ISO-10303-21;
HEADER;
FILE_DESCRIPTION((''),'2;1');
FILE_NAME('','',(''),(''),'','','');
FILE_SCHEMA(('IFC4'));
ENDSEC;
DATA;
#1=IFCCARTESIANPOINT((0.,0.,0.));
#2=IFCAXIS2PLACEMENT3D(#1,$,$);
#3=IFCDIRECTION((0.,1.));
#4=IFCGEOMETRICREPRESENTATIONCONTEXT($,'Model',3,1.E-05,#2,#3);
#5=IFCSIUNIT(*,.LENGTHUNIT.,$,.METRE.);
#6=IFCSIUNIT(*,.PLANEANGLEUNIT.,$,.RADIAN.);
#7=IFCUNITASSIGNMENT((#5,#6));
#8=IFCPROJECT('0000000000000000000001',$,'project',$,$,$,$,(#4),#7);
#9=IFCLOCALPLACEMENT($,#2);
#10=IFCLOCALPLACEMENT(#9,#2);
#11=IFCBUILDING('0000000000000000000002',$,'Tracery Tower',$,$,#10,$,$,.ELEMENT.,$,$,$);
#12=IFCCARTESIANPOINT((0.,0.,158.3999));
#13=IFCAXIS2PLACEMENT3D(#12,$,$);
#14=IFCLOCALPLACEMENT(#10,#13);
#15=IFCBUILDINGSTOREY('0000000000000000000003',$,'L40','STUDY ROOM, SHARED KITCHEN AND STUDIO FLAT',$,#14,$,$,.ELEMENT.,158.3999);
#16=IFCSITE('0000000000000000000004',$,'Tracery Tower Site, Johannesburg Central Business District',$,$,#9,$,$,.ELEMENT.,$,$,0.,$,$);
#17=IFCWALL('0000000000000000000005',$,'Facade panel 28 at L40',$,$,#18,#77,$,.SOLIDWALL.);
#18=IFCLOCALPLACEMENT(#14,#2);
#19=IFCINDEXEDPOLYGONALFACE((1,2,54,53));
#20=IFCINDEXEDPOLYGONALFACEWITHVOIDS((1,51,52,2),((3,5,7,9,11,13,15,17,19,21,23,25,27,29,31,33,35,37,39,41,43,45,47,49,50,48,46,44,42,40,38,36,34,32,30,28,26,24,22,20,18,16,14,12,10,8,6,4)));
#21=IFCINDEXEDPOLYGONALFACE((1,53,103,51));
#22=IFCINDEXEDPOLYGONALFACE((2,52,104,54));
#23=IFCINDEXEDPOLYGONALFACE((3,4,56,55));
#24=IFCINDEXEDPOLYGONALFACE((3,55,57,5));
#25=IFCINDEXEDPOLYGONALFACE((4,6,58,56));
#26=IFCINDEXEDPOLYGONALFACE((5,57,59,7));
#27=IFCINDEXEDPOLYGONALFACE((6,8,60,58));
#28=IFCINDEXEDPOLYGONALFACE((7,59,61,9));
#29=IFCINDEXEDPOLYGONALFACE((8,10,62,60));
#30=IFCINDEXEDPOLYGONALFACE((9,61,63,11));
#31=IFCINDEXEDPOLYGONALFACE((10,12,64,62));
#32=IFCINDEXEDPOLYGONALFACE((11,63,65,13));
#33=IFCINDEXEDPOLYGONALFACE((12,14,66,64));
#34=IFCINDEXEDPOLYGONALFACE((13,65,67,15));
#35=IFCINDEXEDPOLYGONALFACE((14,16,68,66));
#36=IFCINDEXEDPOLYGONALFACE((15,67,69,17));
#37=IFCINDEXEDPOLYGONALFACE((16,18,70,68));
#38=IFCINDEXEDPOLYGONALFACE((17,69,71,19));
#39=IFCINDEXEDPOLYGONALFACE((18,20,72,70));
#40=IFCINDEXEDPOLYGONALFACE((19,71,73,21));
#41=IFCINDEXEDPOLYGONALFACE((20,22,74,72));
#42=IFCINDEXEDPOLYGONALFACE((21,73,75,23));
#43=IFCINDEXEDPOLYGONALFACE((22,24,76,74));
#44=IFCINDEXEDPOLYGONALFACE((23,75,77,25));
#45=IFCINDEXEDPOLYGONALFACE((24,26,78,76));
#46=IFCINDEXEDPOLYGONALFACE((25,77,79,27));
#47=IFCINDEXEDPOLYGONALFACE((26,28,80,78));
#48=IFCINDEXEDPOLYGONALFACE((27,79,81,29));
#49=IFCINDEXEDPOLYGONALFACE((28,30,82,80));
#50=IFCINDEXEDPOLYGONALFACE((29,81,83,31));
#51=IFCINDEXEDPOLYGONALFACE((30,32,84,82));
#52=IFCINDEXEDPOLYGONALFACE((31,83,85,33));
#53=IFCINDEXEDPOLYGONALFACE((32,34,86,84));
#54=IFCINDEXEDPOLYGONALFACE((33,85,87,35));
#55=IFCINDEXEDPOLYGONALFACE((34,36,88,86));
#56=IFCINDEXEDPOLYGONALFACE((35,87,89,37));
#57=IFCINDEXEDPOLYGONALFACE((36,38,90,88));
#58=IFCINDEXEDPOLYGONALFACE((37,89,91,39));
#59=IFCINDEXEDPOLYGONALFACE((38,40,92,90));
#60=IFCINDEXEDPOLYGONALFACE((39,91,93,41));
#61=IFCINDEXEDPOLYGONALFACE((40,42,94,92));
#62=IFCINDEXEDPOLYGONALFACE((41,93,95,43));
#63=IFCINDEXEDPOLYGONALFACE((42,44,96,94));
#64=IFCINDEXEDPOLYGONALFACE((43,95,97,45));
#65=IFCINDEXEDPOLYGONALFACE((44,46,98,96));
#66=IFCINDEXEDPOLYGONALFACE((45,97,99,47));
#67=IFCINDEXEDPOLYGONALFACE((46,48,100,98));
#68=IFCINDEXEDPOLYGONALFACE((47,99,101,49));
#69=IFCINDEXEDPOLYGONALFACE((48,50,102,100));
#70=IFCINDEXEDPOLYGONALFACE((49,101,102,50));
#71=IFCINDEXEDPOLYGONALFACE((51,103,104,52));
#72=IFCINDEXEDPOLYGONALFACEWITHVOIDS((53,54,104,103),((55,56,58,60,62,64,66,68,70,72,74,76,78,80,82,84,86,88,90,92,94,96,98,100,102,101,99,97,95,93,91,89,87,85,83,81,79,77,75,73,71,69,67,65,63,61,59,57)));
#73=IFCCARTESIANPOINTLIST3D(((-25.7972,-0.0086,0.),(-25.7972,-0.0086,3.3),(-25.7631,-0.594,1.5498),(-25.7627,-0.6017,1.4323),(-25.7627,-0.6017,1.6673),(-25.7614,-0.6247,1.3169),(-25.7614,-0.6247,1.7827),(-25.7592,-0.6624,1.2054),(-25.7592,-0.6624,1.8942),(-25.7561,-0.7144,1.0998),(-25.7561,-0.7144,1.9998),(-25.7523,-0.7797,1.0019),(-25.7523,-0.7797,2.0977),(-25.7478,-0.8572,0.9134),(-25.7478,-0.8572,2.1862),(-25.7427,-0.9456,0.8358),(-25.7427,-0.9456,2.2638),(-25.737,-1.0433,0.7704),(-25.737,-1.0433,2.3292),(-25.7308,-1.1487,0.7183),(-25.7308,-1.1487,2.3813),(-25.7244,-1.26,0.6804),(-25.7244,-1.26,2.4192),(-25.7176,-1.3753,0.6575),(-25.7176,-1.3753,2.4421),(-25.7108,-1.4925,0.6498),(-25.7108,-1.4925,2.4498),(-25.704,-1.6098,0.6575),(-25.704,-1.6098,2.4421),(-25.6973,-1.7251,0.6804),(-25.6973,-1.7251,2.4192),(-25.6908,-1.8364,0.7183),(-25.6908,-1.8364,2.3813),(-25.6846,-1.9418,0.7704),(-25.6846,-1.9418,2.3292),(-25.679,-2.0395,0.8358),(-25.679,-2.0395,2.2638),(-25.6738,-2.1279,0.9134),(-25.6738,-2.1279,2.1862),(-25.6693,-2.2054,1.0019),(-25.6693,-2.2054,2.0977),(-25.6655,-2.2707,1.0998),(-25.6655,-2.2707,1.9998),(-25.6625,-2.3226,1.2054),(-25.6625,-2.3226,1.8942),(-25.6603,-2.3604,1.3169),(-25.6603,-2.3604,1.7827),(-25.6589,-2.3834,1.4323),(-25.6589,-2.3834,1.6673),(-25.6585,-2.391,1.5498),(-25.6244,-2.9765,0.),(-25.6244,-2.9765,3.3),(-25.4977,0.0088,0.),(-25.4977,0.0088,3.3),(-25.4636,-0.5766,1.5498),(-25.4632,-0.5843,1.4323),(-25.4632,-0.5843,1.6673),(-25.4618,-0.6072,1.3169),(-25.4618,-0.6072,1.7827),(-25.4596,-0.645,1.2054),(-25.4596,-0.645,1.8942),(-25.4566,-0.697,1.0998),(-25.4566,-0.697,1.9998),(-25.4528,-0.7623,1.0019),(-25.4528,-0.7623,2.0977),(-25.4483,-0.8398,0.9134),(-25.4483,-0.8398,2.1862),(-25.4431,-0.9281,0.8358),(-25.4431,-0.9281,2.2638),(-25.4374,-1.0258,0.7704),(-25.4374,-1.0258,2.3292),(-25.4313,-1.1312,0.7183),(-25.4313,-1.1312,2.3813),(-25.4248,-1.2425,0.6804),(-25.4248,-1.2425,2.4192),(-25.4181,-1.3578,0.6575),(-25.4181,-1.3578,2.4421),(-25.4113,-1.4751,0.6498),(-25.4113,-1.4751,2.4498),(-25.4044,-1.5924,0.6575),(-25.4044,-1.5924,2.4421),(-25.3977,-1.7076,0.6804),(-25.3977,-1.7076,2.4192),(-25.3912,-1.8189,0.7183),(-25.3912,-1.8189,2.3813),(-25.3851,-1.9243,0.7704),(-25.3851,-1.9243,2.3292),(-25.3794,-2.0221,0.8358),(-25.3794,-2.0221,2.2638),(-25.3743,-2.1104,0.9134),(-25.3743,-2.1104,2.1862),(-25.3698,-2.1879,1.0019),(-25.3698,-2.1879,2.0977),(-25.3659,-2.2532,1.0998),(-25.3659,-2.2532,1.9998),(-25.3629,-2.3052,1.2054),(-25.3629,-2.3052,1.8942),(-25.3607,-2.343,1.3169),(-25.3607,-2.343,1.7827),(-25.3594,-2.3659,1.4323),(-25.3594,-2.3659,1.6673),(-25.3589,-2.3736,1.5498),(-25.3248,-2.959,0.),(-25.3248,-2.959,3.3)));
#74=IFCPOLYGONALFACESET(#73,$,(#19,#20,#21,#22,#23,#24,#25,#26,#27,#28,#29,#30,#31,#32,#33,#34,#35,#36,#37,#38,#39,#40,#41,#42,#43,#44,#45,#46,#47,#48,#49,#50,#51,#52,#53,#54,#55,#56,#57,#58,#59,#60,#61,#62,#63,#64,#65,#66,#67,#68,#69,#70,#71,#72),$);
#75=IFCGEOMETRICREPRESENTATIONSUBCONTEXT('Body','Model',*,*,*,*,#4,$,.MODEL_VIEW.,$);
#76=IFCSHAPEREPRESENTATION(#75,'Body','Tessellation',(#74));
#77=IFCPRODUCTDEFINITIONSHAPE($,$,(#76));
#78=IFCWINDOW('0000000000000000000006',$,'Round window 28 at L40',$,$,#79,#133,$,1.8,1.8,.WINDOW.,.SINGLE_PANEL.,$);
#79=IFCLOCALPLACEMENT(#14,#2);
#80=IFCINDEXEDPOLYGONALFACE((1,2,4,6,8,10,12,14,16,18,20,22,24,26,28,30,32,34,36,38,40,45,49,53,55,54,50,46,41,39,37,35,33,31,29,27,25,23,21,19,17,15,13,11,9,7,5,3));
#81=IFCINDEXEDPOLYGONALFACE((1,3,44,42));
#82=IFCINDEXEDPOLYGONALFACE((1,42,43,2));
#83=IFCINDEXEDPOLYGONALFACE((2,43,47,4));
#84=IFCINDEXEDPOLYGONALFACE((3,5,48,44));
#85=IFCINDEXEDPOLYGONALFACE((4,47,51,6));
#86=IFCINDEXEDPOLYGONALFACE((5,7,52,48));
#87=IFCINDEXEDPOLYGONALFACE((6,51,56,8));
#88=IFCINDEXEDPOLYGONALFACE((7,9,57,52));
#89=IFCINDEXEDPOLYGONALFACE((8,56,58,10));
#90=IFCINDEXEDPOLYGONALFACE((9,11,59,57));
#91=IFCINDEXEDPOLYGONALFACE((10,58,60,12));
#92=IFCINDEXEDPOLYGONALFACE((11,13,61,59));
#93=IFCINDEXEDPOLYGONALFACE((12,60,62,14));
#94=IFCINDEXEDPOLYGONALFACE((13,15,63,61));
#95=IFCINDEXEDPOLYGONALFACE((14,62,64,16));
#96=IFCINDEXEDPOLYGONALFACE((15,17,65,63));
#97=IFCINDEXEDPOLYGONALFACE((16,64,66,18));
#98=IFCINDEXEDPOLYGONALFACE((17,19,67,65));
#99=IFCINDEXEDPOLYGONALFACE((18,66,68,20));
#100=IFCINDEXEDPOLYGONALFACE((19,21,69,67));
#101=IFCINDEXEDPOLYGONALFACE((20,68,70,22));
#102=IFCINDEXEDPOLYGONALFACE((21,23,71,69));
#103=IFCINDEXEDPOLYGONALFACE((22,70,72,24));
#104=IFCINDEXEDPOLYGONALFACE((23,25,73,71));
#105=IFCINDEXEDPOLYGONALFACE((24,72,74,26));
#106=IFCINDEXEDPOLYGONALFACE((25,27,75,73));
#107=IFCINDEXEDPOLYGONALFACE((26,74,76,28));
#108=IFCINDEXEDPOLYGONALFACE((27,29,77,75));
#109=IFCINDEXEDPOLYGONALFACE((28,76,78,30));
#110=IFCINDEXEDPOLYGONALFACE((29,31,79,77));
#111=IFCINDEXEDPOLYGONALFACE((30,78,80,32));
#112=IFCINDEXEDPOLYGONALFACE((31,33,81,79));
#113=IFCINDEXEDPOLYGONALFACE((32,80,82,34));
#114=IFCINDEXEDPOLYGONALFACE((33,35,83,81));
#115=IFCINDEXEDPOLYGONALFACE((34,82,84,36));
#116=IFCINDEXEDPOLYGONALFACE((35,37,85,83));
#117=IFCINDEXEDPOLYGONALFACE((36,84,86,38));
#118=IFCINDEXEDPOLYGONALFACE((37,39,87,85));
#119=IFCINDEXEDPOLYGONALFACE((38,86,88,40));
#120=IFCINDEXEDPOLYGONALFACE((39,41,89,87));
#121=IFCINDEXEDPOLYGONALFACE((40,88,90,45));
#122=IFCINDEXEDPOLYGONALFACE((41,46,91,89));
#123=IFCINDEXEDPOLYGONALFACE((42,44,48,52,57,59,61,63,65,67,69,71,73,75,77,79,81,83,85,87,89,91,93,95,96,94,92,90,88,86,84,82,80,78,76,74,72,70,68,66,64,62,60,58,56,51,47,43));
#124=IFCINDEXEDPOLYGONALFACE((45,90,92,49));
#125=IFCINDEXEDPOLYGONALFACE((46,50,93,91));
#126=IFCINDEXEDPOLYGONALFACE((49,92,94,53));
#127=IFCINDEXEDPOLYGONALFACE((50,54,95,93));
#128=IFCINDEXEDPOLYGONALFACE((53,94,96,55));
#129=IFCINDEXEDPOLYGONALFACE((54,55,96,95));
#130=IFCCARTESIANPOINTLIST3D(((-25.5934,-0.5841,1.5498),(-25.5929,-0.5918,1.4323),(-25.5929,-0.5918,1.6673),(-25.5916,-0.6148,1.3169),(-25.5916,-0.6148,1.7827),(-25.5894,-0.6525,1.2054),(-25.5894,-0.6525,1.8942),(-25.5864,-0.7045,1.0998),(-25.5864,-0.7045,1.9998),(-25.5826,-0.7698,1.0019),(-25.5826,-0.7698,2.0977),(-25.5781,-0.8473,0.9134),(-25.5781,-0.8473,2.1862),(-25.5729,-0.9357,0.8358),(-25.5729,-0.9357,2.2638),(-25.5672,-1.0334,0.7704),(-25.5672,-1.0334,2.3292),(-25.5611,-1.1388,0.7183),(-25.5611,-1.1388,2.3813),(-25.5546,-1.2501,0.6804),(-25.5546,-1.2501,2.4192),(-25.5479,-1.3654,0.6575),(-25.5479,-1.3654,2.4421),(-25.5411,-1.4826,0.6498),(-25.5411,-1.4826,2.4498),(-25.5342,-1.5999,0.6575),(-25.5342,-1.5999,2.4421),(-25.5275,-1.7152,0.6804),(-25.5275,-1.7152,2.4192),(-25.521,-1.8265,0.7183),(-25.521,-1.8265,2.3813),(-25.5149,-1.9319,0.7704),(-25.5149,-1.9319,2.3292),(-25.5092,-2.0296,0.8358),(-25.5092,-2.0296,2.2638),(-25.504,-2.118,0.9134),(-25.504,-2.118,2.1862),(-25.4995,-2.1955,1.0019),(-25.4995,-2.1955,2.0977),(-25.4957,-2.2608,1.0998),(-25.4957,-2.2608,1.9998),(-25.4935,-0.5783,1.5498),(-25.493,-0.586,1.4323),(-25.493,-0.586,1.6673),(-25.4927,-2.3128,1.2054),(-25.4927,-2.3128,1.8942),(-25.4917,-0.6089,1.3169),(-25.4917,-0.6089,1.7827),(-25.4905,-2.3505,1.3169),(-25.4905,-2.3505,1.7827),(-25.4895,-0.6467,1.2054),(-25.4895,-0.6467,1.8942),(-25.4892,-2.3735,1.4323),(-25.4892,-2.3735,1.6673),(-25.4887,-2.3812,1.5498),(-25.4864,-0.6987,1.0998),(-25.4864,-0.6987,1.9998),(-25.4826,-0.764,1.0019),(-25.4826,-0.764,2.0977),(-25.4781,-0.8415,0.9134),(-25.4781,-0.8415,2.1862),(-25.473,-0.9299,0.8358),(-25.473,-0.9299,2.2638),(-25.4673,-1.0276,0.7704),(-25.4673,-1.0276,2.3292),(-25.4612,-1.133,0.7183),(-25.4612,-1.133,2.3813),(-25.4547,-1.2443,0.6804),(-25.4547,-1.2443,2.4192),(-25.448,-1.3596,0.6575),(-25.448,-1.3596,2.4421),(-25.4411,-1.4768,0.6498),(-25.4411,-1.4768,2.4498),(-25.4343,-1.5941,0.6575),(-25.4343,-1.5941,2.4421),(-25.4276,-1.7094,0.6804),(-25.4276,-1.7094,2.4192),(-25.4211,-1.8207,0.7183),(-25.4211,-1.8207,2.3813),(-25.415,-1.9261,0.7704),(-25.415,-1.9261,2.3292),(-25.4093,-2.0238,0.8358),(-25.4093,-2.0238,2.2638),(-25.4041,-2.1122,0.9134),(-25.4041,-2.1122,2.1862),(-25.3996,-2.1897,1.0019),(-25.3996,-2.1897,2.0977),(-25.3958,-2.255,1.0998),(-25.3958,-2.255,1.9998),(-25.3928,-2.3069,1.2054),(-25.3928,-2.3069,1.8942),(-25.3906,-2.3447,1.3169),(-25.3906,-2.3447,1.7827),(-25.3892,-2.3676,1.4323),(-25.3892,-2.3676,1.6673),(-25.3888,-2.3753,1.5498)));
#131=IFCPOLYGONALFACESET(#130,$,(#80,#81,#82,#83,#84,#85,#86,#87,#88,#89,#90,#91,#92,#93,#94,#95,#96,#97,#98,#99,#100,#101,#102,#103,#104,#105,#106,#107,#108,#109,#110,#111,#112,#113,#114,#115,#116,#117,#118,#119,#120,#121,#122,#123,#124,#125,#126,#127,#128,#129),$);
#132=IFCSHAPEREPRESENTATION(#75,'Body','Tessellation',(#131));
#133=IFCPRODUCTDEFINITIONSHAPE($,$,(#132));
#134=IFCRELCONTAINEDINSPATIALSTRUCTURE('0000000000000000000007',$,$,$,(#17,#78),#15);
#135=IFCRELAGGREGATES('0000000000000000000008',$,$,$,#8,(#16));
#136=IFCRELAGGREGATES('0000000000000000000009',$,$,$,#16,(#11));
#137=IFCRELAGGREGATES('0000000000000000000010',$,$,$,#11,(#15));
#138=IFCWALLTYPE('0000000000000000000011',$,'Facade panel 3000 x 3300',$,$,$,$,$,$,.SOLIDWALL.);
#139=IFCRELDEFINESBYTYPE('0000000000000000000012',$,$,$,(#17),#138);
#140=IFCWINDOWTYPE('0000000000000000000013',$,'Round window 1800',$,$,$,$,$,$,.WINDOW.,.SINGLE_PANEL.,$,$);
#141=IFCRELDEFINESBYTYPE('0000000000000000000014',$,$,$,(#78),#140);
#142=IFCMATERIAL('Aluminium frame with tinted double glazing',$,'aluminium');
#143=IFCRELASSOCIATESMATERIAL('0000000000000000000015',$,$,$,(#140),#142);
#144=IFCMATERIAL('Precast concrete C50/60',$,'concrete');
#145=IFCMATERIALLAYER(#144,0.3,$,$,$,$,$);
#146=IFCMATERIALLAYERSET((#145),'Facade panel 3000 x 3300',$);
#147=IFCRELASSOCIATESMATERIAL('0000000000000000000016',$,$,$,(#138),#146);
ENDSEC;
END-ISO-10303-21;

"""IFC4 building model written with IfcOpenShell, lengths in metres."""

from ifc_helpers import new_model, si_unit, direction, frame, frame_2d, origin, origin_2d, place, context, subcontext, project, spatial, rectangle, circle, extrude, material, layer, layer_set, type_object, element, fill, save


model = new_model("IFC4")

# Units and contexts
model_context = context("Model", 3, precision=1e-05, world=origin(), true_north=direction((0.0, 1.0)))
body_context = subcontext(model_context, "Body", "Model", "MODEL_VIEW")
ifc_project = project(units=[si_unit("LENGTHUNIT", "METRE"), si_unit("PLANEANGLEUNIT", "RADIAN")], contexts=[model_context])

# Site, building, storey
site_placement = place(None, origin())
site = spatial("IfcSite", under=ifc_project, at=site_placement, Name="Tracery Tower Site, Johannesburg Central Business District", CompositionType="ELEMENT", RefElevation=0.0)
building_placement = place(site_placement, origin())
building = spatial("IfcBuilding", under=site, at=building_placement, Name="Tracery Tower", CompositionType="ELEMENT")
storey_placement = place(building_placement, frame((0.0, 0.0, 158.3999)))
storey = spatial("IfcBuildingStorey", under=building, at=storey_placement, Name="L40", Description="STUDY ROOM, SHARED KITCHEN AND STUDIO FLAT", CompositionType="ELEMENT", Elevation=158.3999)

# Wall, opening, window
ifc_material_1 = material(Name="Aluminium frame with tinted double glazing", Category="aluminium")
window_type = type_object("IfcWindowType", Name="Round window 1800", PartitioningType="SINGLE_PANEL", PredefinedType="WINDOW", material=ifc_material_1)
ifc_material_2 = material(Name="Precast concrete C50/60", Category="concrete")
ifc_layer_1 = layer(ifc_material_2, 0.3)
ifc_layer_set_1 = layer_set([ifc_layer_1], Name="Facade panel 3000 x 3300")
wall_type_1 = type_object("IfcWallType", Name="Facade panel 3000 x 3300", PredefinedType="SOLIDWALL", material=ifc_layer_set_1)
wall_1_placement = place(storey_placement, frame((-25.6475, 0.0, 0.0), z_axis=(0.0, 0.0, 1.0), x_axis=(0.058144, -0.998308, 0.0)))
wall_1 = element("IfcWall", 1, at=wall_1_placement, inside=storey, type_object=wall_type_1, Name="Facade panel 28 at L40", PredefinedType="SOLIDWALL", context=body_context, shape_type="SweptSolid", body=[
    extrude(rectangle(XDim=2.9729, YDim=0.3, at=frame_2d((1.4863, 0.0))), origin(), (0.0, 0.0, 1.0), 3.3),
])
opening_1_placement = place(wall_1_placement, frame((1.4863, 0.0, 1.5498)))
opening_1 = element("IfcOpeningElement", 2, at=opening_1_placement, cuts=wall_1, PredefinedType="OPENING", context=body_context, shape_type="SweptSolid", body=[
    extrude(circle(Radius=0.9, at=origin_2d()), frame((0.0, 0.1599, 0.0), z_axis=(0.0, -1.0, 0.0), x_axis=(1.0, 0.0, 0.0)), (0.0, 0.0, 1.0), 0.3201),
])
window_1_placement = place(opening_1_placement, origin())
window_1 = element("IfcWindow", 3, at=window_1_placement, inside=storey, type_object=window_type, Name="Round window 28 at L40", OverallHeight=1.8, OverallWidth=1.8, PartitioningType="SINGLE_PANEL", PredefinedType="WINDOW", context=body_context, shape_type="SweptSolid", body=[
    extrude(circle(Radius=0.9, at=origin_2d()), frame((0.0, 0.1201, 0.0), z_axis=(0.0, -1.0, 0.0), x_axis=(1.0, 0.0, 0.0)), (0.0, 0.0, 1.0), 0.1001),
])
fill(opening_1, window_1)

save(model, "model.ifc")
